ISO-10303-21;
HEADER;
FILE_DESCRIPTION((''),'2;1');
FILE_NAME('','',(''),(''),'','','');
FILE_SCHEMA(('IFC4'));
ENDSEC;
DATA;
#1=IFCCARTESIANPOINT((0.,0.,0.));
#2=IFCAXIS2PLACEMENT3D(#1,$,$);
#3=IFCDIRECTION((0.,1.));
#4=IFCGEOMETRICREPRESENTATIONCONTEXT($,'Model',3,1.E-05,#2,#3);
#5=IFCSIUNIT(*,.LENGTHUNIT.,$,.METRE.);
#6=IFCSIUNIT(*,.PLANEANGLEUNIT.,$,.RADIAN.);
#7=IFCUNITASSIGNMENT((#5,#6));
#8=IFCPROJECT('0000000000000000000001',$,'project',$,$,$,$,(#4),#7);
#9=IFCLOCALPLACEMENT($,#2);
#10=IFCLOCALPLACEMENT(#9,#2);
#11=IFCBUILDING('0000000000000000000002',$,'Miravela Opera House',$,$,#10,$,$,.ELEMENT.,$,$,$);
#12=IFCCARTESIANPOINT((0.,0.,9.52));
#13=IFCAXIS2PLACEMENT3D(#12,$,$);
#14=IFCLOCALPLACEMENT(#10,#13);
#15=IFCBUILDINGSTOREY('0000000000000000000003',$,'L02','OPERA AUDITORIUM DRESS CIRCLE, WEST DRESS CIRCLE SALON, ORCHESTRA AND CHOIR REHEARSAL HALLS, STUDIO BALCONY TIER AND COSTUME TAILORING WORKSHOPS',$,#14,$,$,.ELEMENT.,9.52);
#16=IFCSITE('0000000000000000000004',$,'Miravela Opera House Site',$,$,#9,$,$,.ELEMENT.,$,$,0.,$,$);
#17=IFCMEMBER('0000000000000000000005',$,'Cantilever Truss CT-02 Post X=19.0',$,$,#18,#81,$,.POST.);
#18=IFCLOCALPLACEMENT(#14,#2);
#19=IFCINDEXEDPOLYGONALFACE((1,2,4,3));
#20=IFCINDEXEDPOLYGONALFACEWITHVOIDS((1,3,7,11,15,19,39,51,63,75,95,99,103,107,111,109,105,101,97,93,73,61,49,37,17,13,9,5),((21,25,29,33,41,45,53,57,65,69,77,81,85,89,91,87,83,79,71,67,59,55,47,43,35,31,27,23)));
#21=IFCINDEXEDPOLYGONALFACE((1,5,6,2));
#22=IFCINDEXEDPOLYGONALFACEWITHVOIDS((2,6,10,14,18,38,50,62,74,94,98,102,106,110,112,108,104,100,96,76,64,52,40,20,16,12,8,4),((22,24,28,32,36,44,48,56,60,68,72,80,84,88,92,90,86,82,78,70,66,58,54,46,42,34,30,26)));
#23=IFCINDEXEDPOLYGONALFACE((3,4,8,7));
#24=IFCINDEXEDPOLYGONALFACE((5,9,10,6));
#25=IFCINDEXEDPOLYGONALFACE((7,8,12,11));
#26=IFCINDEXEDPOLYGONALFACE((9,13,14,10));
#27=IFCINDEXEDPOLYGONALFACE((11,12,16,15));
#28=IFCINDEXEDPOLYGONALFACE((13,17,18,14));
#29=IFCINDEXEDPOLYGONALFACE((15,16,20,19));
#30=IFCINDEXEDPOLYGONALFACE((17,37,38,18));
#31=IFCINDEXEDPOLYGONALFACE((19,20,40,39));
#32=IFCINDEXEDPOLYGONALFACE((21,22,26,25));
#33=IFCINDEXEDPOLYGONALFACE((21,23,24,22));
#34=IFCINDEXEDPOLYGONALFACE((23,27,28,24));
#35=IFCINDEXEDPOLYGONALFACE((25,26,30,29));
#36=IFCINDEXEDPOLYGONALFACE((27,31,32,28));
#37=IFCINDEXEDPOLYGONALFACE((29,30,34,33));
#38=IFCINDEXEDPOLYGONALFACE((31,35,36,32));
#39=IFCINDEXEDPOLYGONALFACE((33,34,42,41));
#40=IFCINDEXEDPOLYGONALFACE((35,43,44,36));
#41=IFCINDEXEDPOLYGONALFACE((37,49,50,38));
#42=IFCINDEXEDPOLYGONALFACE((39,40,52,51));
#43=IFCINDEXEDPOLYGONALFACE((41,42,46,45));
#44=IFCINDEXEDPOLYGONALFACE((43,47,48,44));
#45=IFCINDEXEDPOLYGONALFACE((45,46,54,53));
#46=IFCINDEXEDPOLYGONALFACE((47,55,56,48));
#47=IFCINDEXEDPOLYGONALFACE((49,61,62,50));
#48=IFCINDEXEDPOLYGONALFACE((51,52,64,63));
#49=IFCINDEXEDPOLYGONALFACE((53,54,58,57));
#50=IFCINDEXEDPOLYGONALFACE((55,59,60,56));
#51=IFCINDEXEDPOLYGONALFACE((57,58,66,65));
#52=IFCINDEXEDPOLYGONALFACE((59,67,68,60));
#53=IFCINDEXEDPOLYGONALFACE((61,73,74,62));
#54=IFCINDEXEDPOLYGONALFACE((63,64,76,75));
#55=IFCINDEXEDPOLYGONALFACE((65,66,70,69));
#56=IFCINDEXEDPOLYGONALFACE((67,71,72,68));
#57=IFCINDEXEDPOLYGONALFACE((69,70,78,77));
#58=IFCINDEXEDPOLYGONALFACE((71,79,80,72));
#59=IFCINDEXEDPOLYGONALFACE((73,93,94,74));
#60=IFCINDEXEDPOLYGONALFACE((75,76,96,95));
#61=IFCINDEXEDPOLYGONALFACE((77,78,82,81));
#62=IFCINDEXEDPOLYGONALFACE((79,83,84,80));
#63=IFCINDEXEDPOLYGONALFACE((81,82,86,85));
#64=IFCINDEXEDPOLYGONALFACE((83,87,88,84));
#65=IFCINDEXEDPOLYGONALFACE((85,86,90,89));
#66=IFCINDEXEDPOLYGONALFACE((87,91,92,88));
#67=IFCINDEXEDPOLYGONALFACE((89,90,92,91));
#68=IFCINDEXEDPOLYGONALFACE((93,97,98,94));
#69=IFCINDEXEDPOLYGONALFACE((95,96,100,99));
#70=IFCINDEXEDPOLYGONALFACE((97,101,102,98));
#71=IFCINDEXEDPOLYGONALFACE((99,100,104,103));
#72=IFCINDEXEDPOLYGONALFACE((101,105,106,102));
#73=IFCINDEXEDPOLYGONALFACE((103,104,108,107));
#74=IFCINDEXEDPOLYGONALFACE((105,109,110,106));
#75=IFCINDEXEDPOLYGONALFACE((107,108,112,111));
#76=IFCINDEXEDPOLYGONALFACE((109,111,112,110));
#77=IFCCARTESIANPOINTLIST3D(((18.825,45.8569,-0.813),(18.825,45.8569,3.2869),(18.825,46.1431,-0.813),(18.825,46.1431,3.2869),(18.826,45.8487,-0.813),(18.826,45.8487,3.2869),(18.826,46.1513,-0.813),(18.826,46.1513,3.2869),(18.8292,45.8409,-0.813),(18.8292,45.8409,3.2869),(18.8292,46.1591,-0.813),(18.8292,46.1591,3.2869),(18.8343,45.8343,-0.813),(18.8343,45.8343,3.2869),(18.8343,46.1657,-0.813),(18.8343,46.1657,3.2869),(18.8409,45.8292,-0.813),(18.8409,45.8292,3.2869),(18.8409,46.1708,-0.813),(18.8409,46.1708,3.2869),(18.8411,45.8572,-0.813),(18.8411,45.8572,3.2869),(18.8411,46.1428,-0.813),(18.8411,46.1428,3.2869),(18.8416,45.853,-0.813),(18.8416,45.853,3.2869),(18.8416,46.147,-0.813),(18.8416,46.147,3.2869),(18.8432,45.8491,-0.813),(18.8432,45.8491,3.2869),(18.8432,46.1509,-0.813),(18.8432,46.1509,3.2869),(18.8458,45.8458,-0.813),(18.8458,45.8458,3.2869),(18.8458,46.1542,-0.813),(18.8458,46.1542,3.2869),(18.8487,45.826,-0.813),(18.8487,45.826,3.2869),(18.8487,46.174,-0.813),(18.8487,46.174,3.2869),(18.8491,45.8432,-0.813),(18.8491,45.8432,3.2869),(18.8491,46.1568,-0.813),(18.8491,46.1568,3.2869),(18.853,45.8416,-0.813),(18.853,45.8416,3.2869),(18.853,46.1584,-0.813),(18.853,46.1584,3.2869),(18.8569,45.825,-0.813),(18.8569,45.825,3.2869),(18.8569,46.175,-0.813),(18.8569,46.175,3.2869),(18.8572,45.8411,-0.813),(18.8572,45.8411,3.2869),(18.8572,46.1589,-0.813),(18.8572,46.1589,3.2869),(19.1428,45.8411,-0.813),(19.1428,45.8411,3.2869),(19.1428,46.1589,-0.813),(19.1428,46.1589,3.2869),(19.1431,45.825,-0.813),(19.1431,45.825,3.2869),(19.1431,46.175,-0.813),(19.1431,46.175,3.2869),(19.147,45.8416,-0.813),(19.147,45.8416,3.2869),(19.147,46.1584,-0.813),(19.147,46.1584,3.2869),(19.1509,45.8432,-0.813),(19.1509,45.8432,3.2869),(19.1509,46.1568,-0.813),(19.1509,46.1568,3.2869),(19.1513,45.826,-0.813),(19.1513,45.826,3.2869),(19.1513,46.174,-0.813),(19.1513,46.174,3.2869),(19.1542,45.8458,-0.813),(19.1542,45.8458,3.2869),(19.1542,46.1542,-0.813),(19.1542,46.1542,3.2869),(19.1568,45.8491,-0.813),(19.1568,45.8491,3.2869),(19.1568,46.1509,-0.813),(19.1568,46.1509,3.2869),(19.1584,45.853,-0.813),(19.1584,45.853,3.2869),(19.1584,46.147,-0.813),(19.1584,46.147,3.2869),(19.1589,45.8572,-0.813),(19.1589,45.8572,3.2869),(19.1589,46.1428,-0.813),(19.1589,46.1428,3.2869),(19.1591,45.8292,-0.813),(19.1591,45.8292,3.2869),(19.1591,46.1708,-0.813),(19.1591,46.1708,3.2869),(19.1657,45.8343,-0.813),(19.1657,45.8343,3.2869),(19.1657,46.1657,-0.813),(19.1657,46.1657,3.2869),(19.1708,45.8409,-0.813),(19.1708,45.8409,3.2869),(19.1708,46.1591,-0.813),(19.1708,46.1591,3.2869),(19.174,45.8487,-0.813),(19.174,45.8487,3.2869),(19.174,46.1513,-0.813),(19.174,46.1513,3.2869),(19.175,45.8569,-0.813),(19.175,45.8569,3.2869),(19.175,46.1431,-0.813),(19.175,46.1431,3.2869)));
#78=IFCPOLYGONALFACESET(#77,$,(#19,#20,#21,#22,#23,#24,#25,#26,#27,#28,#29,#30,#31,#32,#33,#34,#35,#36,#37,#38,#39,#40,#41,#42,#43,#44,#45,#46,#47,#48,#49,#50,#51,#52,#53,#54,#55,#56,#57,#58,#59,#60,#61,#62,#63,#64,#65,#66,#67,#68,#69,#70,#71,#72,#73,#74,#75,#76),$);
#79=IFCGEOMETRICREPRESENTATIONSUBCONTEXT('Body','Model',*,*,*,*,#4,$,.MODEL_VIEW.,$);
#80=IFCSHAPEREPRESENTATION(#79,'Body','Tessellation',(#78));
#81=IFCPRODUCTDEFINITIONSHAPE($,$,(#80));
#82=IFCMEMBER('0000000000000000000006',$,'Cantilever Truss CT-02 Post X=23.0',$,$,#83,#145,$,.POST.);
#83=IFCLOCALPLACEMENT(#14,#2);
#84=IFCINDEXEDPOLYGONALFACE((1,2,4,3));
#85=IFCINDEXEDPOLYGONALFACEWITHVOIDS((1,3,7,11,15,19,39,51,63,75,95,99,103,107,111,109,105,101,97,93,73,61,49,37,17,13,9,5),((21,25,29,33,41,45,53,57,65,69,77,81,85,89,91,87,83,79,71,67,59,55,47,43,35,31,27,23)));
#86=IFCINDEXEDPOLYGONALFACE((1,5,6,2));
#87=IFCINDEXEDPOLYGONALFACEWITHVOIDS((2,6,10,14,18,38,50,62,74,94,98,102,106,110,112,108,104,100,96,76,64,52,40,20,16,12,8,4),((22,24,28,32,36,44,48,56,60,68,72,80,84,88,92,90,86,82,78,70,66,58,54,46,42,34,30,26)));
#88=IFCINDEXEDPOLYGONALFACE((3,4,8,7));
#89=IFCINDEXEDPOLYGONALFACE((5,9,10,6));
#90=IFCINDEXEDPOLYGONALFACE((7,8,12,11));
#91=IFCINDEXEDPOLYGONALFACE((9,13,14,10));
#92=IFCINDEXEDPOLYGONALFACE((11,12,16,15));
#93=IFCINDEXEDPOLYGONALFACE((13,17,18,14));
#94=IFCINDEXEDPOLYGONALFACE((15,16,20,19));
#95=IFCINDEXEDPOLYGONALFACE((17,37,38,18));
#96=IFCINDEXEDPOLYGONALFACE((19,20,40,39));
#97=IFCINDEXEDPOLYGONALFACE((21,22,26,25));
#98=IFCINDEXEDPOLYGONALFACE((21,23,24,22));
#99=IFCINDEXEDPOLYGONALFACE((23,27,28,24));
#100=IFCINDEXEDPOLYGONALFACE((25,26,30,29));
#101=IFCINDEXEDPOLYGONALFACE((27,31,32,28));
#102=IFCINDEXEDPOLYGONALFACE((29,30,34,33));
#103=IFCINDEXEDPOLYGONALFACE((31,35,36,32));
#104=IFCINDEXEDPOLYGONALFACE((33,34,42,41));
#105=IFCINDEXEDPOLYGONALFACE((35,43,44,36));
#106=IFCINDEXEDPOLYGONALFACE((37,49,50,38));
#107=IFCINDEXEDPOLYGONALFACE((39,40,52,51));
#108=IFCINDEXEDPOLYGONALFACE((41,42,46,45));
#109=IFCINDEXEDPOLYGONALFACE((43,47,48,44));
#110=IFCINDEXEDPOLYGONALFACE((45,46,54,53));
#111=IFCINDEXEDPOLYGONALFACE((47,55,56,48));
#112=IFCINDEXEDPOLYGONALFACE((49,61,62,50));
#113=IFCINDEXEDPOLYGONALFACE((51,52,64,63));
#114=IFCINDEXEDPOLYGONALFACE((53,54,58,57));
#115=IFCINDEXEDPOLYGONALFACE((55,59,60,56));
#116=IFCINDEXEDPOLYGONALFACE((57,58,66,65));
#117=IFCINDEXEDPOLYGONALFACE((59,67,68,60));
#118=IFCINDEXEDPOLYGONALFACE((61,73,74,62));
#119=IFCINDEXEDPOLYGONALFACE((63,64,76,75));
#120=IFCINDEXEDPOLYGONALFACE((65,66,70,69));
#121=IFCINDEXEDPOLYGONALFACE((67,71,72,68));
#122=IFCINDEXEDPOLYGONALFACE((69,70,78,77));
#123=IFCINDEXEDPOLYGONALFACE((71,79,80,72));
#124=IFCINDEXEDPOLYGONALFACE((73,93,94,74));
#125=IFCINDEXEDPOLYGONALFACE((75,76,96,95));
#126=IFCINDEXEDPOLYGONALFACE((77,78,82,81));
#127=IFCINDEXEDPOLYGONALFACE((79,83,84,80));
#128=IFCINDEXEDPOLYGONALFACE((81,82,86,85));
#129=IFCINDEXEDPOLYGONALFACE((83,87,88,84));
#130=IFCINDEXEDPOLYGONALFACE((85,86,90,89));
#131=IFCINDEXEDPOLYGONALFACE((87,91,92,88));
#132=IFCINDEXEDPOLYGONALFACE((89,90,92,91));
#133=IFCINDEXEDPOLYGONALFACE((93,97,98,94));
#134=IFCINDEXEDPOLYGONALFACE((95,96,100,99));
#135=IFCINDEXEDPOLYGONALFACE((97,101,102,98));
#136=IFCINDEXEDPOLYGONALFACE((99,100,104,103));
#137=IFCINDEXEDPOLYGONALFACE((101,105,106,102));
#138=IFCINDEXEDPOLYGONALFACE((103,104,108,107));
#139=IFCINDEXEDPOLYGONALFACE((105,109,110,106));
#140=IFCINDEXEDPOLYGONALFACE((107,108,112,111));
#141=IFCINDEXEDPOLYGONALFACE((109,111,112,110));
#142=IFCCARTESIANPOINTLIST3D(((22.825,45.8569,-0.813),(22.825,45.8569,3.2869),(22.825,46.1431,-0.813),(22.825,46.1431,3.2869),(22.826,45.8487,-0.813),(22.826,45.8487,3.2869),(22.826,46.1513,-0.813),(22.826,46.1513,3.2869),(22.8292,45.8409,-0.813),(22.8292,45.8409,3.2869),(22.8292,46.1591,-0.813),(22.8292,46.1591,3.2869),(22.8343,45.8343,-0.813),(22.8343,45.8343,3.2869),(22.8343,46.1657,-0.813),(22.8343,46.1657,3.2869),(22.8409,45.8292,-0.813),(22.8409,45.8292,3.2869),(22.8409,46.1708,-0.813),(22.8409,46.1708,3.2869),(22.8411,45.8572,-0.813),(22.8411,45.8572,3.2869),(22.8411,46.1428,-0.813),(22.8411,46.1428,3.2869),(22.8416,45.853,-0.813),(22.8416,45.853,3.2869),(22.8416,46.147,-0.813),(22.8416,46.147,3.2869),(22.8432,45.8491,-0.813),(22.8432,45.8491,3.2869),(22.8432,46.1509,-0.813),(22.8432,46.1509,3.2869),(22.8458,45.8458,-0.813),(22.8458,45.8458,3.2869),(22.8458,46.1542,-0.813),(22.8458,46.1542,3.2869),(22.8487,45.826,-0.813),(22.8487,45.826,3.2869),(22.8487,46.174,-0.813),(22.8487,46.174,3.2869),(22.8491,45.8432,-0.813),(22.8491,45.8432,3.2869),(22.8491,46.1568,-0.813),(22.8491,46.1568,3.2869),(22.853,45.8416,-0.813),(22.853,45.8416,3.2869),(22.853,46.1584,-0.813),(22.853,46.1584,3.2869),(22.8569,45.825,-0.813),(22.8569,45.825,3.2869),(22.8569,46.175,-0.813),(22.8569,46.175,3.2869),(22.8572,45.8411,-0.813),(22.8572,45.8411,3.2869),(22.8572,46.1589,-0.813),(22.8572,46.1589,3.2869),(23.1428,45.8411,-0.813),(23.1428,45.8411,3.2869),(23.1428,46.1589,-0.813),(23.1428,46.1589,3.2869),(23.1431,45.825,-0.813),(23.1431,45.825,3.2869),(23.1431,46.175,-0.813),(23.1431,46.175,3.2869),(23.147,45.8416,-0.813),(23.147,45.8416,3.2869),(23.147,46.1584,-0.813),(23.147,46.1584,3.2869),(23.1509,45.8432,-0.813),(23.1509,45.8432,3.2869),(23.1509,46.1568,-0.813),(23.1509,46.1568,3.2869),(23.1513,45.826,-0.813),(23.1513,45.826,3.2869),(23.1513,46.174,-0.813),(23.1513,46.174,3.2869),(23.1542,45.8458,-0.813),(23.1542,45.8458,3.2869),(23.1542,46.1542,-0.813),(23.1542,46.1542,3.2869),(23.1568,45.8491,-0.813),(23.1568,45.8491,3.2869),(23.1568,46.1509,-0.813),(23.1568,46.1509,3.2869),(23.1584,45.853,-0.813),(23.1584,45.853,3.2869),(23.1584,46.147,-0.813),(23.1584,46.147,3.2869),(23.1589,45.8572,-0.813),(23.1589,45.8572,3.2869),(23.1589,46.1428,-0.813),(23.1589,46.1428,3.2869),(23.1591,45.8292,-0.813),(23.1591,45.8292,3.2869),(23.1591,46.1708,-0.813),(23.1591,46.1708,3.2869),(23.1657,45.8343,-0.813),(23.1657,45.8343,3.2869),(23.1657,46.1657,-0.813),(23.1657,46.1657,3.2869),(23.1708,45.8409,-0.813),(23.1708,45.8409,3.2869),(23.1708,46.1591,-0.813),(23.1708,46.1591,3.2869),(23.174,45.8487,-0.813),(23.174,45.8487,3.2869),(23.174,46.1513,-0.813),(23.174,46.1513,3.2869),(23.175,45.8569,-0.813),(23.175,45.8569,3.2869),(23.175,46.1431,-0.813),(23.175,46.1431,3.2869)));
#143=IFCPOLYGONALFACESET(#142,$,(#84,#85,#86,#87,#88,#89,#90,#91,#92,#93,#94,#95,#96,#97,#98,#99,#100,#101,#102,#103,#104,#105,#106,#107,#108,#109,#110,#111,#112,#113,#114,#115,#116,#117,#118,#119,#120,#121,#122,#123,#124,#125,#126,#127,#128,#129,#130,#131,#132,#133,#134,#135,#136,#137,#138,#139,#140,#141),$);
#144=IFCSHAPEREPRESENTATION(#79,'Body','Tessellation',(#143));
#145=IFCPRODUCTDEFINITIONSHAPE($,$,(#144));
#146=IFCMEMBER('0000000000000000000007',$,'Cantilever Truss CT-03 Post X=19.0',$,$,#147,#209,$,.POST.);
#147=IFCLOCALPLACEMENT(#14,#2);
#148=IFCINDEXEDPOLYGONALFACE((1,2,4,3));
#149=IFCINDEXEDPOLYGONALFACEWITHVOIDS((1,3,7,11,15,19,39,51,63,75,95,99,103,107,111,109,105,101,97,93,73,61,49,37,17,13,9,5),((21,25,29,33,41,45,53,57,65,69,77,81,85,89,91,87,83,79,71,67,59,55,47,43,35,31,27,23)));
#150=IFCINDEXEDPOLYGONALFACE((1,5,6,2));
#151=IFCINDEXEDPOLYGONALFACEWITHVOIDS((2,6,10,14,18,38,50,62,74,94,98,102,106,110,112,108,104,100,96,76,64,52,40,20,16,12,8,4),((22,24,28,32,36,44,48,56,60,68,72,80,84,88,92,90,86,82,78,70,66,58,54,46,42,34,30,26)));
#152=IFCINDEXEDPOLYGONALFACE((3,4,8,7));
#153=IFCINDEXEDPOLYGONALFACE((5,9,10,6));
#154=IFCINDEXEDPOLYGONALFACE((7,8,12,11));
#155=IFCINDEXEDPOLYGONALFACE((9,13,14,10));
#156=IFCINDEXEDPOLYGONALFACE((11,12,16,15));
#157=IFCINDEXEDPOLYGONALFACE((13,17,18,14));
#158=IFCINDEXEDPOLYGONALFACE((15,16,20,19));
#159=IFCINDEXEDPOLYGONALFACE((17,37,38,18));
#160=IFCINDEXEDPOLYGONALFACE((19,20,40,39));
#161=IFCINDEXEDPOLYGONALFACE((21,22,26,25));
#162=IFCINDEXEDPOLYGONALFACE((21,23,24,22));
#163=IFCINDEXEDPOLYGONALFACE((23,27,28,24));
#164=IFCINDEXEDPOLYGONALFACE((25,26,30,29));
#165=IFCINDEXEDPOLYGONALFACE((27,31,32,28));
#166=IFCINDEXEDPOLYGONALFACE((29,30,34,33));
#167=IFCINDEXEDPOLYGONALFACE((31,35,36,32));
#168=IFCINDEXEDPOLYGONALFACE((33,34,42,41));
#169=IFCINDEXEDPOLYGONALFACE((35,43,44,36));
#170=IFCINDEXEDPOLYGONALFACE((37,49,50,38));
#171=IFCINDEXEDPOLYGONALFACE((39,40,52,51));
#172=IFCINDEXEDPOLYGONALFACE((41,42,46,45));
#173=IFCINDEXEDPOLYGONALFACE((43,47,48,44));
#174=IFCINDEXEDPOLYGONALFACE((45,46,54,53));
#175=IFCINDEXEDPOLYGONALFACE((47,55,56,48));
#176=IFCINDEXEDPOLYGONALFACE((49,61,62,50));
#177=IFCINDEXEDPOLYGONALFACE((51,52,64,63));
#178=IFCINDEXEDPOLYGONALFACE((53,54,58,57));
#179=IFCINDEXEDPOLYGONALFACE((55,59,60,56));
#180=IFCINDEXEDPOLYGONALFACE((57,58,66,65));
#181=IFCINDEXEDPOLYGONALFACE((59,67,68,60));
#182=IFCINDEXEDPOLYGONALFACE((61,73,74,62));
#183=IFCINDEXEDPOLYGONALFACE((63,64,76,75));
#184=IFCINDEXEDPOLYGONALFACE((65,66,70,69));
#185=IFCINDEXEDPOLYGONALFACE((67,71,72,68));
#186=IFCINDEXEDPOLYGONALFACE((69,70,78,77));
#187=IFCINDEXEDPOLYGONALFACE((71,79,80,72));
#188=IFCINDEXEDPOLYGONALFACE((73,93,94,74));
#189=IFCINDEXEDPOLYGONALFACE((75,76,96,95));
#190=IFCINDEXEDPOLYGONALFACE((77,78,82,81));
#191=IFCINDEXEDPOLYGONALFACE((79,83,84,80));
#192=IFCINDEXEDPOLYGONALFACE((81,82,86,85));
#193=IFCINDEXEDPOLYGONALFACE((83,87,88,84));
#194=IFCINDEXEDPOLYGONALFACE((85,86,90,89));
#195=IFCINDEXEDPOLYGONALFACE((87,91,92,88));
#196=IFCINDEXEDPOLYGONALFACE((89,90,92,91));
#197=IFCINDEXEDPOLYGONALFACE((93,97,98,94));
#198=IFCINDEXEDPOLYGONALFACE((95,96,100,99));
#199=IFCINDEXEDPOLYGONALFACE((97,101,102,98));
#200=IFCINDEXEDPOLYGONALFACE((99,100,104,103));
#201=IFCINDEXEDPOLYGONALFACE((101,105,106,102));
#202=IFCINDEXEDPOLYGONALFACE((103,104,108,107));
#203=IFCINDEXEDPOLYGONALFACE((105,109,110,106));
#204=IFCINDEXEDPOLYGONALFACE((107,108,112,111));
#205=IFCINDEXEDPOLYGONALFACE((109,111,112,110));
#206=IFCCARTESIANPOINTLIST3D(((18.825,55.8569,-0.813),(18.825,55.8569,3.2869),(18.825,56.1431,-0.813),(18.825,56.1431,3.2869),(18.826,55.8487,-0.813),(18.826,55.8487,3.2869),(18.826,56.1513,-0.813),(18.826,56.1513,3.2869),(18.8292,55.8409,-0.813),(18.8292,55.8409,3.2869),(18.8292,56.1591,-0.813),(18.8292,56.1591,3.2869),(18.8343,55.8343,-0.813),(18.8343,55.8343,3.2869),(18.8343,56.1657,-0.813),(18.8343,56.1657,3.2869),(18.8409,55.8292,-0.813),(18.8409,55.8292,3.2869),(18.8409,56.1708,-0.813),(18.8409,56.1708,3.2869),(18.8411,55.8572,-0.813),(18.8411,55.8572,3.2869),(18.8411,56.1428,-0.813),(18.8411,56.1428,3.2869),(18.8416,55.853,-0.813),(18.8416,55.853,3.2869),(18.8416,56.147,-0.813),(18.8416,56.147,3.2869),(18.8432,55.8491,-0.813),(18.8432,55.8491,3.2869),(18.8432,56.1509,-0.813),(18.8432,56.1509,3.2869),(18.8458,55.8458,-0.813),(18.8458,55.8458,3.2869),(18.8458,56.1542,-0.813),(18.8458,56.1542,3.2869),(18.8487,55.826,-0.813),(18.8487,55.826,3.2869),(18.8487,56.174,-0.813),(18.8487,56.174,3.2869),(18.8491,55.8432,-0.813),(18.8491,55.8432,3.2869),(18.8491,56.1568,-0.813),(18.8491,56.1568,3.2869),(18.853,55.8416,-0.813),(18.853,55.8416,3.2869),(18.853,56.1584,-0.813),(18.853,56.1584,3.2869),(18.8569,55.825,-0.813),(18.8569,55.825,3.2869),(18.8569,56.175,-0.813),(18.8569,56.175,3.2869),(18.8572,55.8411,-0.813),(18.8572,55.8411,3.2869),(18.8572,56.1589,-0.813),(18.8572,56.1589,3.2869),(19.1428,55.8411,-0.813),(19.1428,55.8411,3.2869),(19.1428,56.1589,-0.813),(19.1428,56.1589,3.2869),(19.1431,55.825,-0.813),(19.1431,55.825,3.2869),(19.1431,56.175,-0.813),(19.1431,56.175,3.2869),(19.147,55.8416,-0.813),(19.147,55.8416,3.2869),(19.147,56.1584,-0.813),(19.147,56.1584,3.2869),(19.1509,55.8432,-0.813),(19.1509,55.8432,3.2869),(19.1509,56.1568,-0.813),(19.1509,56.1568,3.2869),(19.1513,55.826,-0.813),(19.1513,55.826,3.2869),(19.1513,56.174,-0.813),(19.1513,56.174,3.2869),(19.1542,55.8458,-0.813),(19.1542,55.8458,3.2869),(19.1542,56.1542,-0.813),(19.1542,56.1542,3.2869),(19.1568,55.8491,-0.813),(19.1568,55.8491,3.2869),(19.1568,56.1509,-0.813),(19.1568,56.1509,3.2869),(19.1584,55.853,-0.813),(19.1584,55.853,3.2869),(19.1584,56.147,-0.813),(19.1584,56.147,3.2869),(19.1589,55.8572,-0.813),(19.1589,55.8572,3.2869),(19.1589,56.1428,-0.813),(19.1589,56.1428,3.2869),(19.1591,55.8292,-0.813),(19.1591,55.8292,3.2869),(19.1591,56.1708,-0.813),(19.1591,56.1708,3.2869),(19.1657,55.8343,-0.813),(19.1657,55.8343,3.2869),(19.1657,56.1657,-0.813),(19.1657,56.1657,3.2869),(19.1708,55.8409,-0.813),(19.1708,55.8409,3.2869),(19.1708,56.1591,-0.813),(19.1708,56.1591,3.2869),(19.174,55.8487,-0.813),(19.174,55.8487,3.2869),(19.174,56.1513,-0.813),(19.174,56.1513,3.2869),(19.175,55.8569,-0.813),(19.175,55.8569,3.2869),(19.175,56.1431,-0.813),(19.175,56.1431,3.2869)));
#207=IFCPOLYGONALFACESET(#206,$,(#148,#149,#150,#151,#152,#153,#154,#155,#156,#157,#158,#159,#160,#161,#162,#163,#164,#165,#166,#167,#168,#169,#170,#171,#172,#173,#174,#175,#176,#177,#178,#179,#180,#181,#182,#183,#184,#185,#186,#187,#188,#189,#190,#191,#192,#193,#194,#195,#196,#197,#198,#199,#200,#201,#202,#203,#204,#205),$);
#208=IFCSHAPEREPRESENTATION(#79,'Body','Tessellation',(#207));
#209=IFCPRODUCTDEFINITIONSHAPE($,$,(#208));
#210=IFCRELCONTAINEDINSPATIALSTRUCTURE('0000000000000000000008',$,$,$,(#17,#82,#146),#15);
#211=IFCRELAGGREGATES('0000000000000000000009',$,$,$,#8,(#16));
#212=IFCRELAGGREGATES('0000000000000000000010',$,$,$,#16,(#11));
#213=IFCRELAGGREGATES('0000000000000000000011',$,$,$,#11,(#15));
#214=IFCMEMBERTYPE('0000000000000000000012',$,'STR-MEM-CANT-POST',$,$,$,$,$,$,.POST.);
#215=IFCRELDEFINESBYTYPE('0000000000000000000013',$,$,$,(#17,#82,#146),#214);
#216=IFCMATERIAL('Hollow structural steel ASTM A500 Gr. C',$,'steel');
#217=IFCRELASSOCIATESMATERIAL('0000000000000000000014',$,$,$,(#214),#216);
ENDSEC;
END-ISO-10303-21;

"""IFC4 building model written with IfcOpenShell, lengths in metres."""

from ifc_helpers import new_model, si_unit, direction, frame, origin, origin_2d, place, context, subcontext, project, spatial, hollow_rectangle, extrude, material, material_profile, profile_set, type_object, element, save


model = new_model("IFC4")

# Units and contexts
model_context = context("Model", 3, precision=1e-05, world=origin(), true_north=direction((0.0, 1.0)))
body_context = subcontext(model_context, "Body", "Model", "MODEL_VIEW")
ifc_project = project(units=[si_unit("LENGTHUNIT", "METRE"), si_unit("PLANEANGLEUNIT", "RADIAN")], contexts=[model_context])

# Site, building, storey
site_placement = place(None, origin())
site = spatial("IfcSite", under=ifc_project, at=site_placement, Name="Miravela Opera House Site", CompositionType="ELEMENT", RefElevation=0.0)
building_placement = place(site_placement, origin())
building = spatial("IfcBuilding", under=site, at=building_placement, Name="Miravela Opera House", CompositionType="ELEMENT")
storey_placement = place(building_placement, frame((0.0, 0.0, 9.52)))
storey = spatial("IfcBuildingStorey", under=building, at=storey_placement, Name="L02", Description="OPERA AUDITORIUM DRESS CIRCLE, WEST DRESS CIRCLE SALON, ORCHESTRA AND CHOIR REHEARSAL HALLS, STUDIO BALCONY TIER AND COSTUME TAILORING WORKSHOPS", CompositionType="ELEMENT", Elevation=9.52)

# Members
ifc_material_1 = material(Name="Hollow structural steel ASTM A500 Gr. C", Category="steel")
ifc_material_profile_1 = material_profile(ifc_material_1, hollow_rectangle(XDim=0.3501, YDim=0.3501, WallThickness=0.0161, InnerFilletRadius=0.0161, OuterFilletRadius=0.032, at=origin_2d()), Name="HSS350X350X16")
ifc_profile_set_1 = profile_set([ifc_material_profile_1])
member_type_1 = type_object("IfcMemberType", Name="STR-MEM-CANT-POST", PredefinedType="POST", material=ifc_profile_set_1)
for number, where, z_axis, x_axis, name in (
    (1, (19.0, 46.0, -0.813), (0.0, 0.0, 1.0), (1.0, 0.0, 0.0), "Cantilever Truss CT-02 Post X=19.0"),
    (2, (23.0, 46.0, -0.813), (0.0, 0.0, 1.0), (1.0, 0.0, 0.0), "Cantilever Truss CT-02 Post X=23.0"),
    (3, (19.0, 56.0, -0.813), (0.0, 0.0, 1.0), (1.0, 0.0, 0.0), "Cantilever Truss CT-03 Post X=19.0"),
):
    element("IfcMember", number, at=place(storey_placement, frame(where, z_axis=z_axis, x_axis=x_axis)), inside=storey, type_object=member_type_1, Name=name, PredefinedType="POST", context=body_context, shape_type="SweptSolid", body=[
        extrude(hollow_rectangle(XDim=0.3501, YDim=0.3501, WallThickness=0.0161, InnerFilletRadius=0.0161, OuterFilletRadius=0.032, at=origin_2d()), origin(), (0.0, 0.0, 1.0), 4.0999),
    ])

save(model, "model.ifc")
